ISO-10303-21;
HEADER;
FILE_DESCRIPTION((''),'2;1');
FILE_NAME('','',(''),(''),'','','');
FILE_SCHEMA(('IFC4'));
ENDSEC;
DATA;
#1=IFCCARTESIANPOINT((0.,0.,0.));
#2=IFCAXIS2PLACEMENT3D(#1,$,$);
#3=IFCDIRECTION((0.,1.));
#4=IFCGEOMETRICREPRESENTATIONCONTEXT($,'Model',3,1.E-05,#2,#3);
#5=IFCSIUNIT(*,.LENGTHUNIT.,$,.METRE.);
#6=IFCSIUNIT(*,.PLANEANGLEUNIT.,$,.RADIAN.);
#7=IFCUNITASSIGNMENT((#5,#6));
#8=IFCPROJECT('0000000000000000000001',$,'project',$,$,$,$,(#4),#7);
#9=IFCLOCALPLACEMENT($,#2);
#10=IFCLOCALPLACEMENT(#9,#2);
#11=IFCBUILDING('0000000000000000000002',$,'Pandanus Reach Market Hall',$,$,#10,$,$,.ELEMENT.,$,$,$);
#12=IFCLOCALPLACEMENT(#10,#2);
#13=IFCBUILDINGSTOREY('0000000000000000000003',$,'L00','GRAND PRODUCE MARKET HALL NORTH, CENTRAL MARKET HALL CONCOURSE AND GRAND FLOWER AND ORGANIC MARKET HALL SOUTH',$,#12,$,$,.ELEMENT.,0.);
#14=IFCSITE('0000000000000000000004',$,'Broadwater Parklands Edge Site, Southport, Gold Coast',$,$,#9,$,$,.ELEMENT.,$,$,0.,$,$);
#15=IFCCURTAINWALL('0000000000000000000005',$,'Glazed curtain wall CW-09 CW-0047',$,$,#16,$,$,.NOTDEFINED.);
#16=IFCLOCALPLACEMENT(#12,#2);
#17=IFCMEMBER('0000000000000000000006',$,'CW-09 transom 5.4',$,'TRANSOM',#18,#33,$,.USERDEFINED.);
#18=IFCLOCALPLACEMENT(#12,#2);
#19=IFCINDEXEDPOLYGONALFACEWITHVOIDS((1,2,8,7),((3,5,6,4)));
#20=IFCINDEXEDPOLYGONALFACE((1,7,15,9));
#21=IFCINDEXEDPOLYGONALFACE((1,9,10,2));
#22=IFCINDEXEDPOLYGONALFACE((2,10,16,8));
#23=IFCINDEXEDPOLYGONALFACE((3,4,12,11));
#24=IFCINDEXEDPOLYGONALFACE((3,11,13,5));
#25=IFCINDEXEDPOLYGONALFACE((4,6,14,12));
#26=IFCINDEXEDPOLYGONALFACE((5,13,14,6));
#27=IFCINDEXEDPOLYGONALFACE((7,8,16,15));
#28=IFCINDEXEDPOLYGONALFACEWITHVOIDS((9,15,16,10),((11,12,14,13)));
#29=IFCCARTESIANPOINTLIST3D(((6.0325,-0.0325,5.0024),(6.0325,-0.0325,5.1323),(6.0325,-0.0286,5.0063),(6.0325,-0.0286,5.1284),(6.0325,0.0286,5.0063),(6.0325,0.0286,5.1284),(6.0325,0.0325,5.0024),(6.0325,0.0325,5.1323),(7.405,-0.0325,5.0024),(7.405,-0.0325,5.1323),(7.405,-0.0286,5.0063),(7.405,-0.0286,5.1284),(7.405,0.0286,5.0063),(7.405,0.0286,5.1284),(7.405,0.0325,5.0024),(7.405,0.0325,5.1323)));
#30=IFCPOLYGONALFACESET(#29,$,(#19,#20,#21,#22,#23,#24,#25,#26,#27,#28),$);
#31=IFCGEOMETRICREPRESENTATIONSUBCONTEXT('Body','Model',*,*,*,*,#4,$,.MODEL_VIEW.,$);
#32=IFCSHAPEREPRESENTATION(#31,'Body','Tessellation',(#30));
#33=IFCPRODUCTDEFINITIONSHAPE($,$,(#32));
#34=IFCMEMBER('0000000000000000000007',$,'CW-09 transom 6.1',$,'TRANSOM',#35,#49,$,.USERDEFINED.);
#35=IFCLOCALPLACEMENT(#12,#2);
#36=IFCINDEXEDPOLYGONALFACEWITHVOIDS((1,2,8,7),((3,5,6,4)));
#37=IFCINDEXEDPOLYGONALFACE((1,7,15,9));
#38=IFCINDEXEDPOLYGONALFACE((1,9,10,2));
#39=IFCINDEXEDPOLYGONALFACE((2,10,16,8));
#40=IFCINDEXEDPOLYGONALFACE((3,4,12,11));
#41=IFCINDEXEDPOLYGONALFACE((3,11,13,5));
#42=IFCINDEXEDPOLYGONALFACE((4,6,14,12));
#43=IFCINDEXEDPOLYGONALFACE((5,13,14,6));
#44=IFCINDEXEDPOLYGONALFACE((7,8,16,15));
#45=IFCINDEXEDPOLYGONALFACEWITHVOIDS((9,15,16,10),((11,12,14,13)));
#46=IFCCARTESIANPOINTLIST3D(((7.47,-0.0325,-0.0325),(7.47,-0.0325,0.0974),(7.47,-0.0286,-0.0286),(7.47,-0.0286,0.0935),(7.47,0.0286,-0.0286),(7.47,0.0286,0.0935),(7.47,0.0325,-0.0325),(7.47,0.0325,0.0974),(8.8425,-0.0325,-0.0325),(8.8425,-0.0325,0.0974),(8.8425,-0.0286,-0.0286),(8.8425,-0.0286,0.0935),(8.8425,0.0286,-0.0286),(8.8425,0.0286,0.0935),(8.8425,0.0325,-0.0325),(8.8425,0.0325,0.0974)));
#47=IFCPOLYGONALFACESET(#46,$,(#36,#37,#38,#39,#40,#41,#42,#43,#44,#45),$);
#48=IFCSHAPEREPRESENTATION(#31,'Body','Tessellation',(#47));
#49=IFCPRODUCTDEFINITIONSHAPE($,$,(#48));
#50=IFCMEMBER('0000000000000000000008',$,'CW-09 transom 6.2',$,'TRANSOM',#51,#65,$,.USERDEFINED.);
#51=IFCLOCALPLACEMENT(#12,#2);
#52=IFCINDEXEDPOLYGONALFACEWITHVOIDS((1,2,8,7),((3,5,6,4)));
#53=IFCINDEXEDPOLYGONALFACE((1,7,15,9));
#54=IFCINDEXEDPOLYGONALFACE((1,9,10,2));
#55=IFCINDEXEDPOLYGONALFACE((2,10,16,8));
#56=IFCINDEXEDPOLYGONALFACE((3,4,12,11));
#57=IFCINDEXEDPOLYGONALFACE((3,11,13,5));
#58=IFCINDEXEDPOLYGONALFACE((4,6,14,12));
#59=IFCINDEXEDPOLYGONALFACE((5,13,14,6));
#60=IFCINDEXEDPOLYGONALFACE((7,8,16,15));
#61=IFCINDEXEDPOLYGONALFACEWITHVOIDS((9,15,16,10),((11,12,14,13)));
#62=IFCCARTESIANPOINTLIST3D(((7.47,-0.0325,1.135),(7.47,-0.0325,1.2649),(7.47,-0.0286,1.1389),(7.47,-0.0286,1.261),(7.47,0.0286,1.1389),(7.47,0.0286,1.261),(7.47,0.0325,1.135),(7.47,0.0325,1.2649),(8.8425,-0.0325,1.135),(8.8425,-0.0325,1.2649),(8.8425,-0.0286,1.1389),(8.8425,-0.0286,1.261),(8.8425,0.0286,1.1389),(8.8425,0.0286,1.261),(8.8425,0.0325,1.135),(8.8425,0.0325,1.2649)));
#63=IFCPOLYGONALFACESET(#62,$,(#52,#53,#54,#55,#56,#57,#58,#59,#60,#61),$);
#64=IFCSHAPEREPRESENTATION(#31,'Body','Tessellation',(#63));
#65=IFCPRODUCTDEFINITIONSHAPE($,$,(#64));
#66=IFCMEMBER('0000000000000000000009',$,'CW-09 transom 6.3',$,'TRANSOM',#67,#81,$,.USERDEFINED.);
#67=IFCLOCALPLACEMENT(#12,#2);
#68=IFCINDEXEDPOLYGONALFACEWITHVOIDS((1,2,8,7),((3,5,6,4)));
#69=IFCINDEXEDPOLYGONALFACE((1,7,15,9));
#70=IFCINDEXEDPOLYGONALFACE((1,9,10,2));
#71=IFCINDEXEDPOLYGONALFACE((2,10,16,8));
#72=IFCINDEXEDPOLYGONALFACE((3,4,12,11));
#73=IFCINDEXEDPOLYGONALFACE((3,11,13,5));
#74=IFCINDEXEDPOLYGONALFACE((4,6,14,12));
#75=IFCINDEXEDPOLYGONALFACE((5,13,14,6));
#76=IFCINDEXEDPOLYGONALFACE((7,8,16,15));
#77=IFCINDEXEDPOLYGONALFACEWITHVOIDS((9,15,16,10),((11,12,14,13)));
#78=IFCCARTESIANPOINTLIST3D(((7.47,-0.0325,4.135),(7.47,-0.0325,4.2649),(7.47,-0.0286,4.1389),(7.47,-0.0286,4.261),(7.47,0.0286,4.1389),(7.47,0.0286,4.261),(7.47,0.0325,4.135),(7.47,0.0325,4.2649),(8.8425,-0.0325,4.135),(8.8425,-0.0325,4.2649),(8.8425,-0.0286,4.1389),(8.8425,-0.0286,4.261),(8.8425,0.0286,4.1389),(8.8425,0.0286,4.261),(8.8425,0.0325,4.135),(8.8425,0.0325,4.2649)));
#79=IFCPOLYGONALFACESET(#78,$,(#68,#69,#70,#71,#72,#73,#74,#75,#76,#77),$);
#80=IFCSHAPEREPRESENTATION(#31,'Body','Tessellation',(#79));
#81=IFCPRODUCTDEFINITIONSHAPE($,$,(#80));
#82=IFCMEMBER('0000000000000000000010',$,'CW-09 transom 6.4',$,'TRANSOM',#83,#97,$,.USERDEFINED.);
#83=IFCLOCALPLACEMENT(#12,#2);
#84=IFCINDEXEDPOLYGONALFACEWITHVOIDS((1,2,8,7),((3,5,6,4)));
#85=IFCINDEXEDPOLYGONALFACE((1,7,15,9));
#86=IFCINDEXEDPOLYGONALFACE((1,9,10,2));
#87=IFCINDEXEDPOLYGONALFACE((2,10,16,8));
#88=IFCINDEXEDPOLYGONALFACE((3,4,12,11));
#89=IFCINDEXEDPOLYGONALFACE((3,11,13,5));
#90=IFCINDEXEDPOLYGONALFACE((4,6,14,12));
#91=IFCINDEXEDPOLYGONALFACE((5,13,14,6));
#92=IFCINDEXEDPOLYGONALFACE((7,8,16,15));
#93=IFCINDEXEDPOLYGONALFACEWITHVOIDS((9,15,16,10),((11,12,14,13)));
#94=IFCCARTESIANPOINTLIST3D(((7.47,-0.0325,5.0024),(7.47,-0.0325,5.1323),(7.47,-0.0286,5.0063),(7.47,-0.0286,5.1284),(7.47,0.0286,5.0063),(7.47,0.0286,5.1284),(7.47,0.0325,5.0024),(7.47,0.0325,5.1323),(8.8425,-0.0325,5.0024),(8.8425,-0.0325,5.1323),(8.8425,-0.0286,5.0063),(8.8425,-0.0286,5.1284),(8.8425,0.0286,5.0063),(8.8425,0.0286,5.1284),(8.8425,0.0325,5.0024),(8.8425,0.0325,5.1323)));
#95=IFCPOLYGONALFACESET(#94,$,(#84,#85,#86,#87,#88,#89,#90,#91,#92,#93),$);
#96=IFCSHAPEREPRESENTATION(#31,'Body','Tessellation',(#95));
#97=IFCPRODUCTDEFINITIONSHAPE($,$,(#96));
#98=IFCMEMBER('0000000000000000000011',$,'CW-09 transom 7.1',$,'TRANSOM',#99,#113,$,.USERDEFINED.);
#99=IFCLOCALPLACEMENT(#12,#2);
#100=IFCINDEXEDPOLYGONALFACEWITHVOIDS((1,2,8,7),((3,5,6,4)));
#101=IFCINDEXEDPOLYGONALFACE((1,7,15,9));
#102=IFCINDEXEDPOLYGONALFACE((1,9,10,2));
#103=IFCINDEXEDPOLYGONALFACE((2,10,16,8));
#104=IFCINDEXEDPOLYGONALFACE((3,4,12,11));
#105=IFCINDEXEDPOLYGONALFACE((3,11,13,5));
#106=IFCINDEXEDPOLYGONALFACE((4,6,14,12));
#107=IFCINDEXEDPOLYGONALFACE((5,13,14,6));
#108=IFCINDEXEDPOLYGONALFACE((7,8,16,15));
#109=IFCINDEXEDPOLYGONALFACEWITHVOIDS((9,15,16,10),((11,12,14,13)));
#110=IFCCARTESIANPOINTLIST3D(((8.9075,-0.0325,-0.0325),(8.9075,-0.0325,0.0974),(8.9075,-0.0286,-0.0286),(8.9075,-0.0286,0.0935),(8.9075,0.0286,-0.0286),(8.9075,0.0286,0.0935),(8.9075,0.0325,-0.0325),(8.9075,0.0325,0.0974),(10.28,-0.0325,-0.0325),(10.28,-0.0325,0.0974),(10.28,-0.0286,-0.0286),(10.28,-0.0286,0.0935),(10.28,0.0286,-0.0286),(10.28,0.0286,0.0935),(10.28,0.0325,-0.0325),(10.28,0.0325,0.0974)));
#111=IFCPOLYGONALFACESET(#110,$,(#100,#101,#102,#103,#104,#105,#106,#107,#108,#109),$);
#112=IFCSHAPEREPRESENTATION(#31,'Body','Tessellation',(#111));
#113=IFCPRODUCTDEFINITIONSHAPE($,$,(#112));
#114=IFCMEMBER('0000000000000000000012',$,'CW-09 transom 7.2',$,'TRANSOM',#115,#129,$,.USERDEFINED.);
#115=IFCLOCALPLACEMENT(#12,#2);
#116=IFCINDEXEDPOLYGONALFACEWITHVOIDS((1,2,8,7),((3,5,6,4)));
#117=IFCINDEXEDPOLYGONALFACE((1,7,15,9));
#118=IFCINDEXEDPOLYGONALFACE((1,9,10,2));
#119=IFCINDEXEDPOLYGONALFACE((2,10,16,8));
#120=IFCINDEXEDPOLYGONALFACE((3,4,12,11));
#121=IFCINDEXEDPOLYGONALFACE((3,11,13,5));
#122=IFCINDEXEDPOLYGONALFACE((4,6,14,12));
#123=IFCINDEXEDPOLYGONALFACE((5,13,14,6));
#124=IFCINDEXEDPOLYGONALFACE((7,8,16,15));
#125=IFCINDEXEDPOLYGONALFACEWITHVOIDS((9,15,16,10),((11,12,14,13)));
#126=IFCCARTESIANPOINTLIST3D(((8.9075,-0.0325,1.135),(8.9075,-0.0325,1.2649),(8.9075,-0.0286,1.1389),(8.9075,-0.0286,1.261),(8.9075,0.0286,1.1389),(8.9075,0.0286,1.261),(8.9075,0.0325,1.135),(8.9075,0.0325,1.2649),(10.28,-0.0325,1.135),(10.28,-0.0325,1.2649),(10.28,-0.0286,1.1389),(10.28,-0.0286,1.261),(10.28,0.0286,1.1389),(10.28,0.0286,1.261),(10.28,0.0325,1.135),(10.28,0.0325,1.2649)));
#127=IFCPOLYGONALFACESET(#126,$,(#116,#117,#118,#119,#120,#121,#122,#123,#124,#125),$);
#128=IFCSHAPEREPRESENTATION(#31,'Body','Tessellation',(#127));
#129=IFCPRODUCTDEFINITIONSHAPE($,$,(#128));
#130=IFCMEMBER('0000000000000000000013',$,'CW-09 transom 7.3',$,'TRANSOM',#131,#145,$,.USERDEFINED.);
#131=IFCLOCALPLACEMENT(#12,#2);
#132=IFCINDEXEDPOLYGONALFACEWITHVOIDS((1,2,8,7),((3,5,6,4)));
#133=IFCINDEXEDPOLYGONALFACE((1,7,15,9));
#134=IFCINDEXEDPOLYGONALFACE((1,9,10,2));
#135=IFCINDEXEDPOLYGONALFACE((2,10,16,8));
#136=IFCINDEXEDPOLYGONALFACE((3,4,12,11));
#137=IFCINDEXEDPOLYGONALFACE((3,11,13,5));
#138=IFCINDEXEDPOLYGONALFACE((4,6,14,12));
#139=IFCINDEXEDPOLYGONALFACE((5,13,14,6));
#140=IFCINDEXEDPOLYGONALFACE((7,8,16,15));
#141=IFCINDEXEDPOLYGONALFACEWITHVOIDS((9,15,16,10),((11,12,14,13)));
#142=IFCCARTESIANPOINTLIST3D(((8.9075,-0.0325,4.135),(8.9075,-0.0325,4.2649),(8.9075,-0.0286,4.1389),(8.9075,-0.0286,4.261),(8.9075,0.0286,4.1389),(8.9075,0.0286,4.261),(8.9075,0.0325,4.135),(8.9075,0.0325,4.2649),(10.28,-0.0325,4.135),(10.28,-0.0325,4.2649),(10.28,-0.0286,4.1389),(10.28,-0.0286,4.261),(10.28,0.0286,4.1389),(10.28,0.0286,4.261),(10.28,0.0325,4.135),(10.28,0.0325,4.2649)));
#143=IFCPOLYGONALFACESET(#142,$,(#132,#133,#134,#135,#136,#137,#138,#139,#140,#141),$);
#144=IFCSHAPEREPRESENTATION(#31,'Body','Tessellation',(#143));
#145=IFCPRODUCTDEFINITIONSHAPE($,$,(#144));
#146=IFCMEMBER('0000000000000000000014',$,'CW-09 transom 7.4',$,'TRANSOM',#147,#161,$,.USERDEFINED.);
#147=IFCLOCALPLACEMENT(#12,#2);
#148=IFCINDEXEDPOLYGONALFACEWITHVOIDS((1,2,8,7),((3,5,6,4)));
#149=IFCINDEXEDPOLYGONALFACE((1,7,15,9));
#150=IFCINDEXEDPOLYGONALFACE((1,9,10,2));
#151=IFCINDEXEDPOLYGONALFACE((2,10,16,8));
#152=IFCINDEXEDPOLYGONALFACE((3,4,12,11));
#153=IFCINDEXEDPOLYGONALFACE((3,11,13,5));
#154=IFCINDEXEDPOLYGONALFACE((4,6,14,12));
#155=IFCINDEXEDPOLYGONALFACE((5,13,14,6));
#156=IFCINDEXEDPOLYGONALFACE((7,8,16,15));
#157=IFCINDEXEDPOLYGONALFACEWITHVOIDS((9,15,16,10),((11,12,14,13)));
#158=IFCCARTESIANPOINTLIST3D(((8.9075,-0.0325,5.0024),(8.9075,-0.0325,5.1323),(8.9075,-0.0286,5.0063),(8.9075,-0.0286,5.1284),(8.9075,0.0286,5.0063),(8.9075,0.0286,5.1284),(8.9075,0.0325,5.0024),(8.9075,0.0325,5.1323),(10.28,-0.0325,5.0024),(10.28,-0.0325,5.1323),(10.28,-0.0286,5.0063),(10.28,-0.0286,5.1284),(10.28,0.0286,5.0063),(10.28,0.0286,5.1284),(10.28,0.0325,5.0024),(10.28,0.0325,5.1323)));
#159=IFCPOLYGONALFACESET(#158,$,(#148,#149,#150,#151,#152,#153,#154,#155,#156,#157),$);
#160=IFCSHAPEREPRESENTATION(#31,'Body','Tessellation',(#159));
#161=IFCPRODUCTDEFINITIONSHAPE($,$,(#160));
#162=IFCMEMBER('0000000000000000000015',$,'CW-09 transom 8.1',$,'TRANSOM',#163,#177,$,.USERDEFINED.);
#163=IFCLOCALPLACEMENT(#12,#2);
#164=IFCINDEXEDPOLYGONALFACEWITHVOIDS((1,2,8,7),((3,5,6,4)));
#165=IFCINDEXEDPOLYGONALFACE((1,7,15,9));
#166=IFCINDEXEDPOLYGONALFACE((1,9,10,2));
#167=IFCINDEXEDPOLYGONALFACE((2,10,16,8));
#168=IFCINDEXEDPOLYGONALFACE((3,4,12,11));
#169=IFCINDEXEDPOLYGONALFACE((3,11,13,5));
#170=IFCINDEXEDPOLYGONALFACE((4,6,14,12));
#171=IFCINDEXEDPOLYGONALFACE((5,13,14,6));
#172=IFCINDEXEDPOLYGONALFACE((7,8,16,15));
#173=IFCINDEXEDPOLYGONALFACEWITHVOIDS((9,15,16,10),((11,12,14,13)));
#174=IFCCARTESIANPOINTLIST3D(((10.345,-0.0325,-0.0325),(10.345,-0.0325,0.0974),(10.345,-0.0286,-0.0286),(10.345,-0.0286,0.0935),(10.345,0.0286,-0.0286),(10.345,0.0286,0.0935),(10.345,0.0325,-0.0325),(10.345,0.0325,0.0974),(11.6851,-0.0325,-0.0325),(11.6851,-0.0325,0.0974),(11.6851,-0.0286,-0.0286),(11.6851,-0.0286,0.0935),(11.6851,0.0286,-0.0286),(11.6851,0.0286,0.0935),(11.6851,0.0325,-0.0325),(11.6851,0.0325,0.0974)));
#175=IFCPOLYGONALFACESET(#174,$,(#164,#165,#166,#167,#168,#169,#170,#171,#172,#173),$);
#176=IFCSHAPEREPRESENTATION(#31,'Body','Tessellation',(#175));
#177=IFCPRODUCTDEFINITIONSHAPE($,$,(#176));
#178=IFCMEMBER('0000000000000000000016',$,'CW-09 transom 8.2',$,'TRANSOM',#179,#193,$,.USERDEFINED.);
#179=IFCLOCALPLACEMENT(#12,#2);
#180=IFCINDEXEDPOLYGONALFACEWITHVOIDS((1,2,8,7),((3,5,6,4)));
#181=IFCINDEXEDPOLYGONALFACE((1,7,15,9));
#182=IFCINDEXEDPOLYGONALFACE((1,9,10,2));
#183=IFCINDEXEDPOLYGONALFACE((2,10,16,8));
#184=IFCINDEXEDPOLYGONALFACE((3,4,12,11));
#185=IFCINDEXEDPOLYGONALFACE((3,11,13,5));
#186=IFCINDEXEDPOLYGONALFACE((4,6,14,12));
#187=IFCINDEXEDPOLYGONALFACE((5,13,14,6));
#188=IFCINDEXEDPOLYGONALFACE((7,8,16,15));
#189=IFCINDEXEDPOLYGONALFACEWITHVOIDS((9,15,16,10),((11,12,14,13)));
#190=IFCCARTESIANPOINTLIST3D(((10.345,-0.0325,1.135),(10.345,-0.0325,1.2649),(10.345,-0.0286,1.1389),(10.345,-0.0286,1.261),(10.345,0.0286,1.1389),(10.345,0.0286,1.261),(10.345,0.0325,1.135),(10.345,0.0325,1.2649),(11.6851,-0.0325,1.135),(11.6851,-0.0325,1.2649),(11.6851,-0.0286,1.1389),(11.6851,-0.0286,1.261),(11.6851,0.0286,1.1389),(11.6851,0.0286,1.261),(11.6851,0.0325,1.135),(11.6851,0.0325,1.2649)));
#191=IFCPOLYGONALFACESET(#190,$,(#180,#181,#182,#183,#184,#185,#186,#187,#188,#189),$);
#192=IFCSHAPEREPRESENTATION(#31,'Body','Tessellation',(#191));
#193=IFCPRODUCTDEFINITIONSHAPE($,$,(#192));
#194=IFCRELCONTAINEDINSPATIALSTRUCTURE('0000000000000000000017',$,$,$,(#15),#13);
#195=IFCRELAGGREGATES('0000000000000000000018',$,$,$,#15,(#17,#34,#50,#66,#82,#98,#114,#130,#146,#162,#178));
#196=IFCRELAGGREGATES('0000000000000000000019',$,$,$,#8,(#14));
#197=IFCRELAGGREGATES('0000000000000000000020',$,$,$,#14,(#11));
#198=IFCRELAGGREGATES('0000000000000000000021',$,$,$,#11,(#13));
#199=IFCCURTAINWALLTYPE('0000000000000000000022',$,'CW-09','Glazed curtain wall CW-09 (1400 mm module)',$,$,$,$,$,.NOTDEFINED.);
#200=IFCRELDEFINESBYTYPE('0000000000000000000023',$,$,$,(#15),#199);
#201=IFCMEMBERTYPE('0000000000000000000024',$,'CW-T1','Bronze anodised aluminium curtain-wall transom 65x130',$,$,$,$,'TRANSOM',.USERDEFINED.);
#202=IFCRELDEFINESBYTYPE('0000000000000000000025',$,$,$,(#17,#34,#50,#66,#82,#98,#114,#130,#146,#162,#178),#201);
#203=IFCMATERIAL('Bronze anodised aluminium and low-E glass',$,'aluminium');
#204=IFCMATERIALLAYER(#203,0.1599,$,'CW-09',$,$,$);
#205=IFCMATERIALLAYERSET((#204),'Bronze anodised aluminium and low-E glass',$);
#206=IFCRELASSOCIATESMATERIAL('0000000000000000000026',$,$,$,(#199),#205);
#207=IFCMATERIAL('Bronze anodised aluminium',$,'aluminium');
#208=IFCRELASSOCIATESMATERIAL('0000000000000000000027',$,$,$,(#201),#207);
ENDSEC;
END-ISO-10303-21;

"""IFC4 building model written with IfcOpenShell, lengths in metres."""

from ifc_helpers import new_model, si_unit, direction, frame, origin, origin_2d, place, context, subcontext, project, spatial, hollow_rectangle, extrude, material, layer, layer_set, material_profile, profile_set, type_object, element, aggregate, save


model = new_model("IFC4")

# Units and contexts
model_context = context("Model", 3, precision=1e-05, world=origin(), true_north=direction((0.0, 1.0)))
body_context = subcontext(model_context, "Body", "Model", "MODEL_VIEW")
ifc_project = project(units=[si_unit("LENGTHUNIT", "METRE"), si_unit("PLANEANGLEUNIT", "RADIAN")], contexts=[model_context])

# Site, building, storey
site_placement = place(None, origin())
site = spatial("IfcSite", under=ifc_project, at=site_placement, Name="Broadwater Parklands Edge Site, Southport, Gold Coast", CompositionType="ELEMENT", RefElevation=0.0)
building_placement = place(site_placement, origin())
building = spatial("IfcBuilding", under=site, at=building_placement, Name="Pandanus Reach Market Hall", CompositionType="ELEMENT")
storey_placement = place(building_placement, origin())
storey = spatial("IfcBuildingStorey", under=building, at=storey_placement, Name="L00", Description="GRAND PRODUCE MARKET HALL NORTH, CENTRAL MARKET HALL CONCOURSE AND GRAND FLOWER AND ORGANIC MARKET HALL SOUTH", CompositionType="ELEMENT", Elevation=0.0)

# Curtain wall, members
ifc_material_1 = material(Name="Bronze anodised aluminium and low-E glass", Category="aluminium")
ifc_layer_1 = layer(ifc_material_1, 0.1599, Name="CW-09")
ifc_layer_set_1 = layer_set([ifc_layer_1], Name="Bronze anodised aluminium and low-E glass")
curtain_wall_type = type_object("IfcCurtainWallType", Name="CW-09", Description="Glazed curtain wall CW-09 (1400 mm module)", PredefinedType="NOTDEFINED", material=ifc_layer_set_1)
curtain_wall_placement = place(storey_placement, origin())
curtain_wall = element("IfcCurtainWall", 1, at=curtain_wall_placement, inside=storey, type_object=curtain_wall_type, Name="Glazed curtain wall CW-09 CW-0047", PredefinedType="NOTDEFINED")
ifc_material_2 = material(Name="Bronze anodised aluminium", Category="aluminium")
ifc_material_profile_1 = material_profile(ifc_material_2, hollow_rectangle(XDim=0.0649, YDim=0.1299, WallThickness=0.0039, at=origin_2d()), Name="ALU65x130", Category="LoadBearing")
ifc_profile_set_1 = profile_set([ifc_material_profile_1], Name="Bronze anodised aluminium")
member_type_1 = type_object("IfcMemberType", Name="CW-T1", Description="Bronze anodised aluminium curtain-wall transom 65x130", ElementType="TRANSOM", PredefinedType="USERDEFINED", material=ifc_profile_set_1)
member_1_placement = place(storey_placement, frame((6.0325, 0.0, 5.0674), z_axis=(1.0, 0.0, 0.0), x_axis=(0.0, 1.0, 0.0)))
member_1 = element("IfcMember", 2, at=member_1_placement, type_object=member_type_1, Name="CW-09 transom 5.4", ObjectType="TRANSOM", PredefinedType="USERDEFINED", context=body_context, shape_type="SweptSolid", body=[
    extrude(hollow_rectangle(XDim=0.0649, YDim=0.1299, WallThickness=0.0039, at=origin_2d()), origin(), (0.0, 0.0, 1.0), 1.3726),
])
member_2_placement = place(storey_placement, frame((7.47, 0.0, 0.0325), z_axis=(1.0, 0.0, 0.0), x_axis=(0.0, 1.0, 0.0)))
member_2 = element("IfcMember", 3, at=member_2_placement, type_object=member_type_1, Name="CW-09 transom 6.1", ObjectType="TRANSOM", PredefinedType="USERDEFINED", context=body_context, shape_type="SweptSolid", body=[
    extrude(hollow_rectangle(XDim=0.0649, YDim=0.1299, WallThickness=0.0039, at=origin_2d()), origin(), (0.0, 0.0, 1.0), 1.3726),
])
member_3_placement = place(storey_placement, frame((7.47, 0.0, 1.2), z_axis=(1.0, 0.0, 0.0), x_axis=(0.0, 1.0, 0.0)))
member_3 = element("IfcMember", 4, at=member_3_placement, type_object=member_type_1, Name="CW-09 transom 6.2", ObjectType="TRANSOM", PredefinedType="USERDEFINED", context=body_context, shape_type="SweptSolid", body=[
    extrude(hollow_rectangle(XDim=0.0649, YDim=0.1299, WallThickness=0.0039, at=origin_2d()), origin(), (0.0, 0.0, 1.0), 1.3726),
])
member_4_placement = place(storey_placement, frame((7.47, 0.0, 4.2), z_axis=(1.0, 0.0, 0.0), x_axis=(0.0, 1.0, 0.0)))
member_4 = element("IfcMember", 5, at=member_4_placement, type_object=member_type_1, Name="CW-09 transom 6.3", ObjectType="TRANSOM", PredefinedType="USERDEFINED", context=body_context, shape_type="SweptSolid", body=[
    extrude(hollow_rectangle(XDim=0.0649, YDim=0.1299, WallThickness=0.0039, at=origin_2d()), origin(), (0.0, 0.0, 1.0), 1.3726),
])
member_5_placement = place(storey_placement, frame((7.47, 0.0, 5.0674), z_axis=(1.0, 0.0, 0.0), x_axis=(0.0, 1.0, 0.0)))
member_5 = element("IfcMember", 6, at=member_5_placement, type_object=member_type_1, Name="CW-09 transom 6.4", ObjectType="TRANSOM", PredefinedType="USERDEFINED", context=body_context, shape_type="SweptSolid", body=[
    extrude(hollow_rectangle(XDim=0.0649, YDim=0.1299, WallThickness=0.0039, at=origin_2d()), origin(), (0.0, 0.0, 1.0), 1.3726),
])
member_6_placement = place(storey_placement, frame((8.9075, 0.0, 0.0325), z_axis=(1.0, 0.0, 0.0), x_axis=(0.0, 1.0, 0.0)))
member_6 = element("IfcMember", 7, at=member_6_placement, type_object=member_type_1, Name="CW-09 transom 7.1", ObjectType="TRANSOM", PredefinedType="USERDEFINED", context=body_context, shape_type="SweptSolid", body=[
    extrude(hollow_rectangle(XDim=0.0649, YDim=0.1299, WallThickness=0.0039, at=origin_2d()), origin(), (0.0, 0.0, 1.0), 1.3726),
])
member_7_placement = place(storey_placement, frame((8.9075, 0.0, 1.2), z_axis=(1.0, 0.0, 0.0), x_axis=(0.0, 1.0, 0.0)))
member_7 = element("IfcMember", 8, at=member_7_placement, type_object=member_type_1, Name="CW-09 transom 7.2", ObjectType="TRANSOM", PredefinedType="USERDEFINED", context=body_context, shape_type="SweptSolid", body=[
    extrude(hollow_rectangle(XDim=0.0649, YDim=0.1299, WallThickness=0.0039, at=origin_2d()), origin(), (0.0, 0.0, 1.0), 1.3726),
])
member_8_placement = place(storey_placement, frame((8.9075, 0.0, 4.2), z_axis=(1.0, 0.0, 0.0), x_axis=(0.0, 1.0, 0.0)))
member_8 = element("IfcMember", 9, at=member_8_placement, type_object=member_type_1, Name="CW-09 transom 7.3", ObjectType="TRANSOM", PredefinedType="USERDEFINED", context=body_context, shape_type="SweptSolid", body=[
    extrude(hollow_rectangle(XDim=0.0649, YDim=0.1299, WallThickness=0.0039, at=origin_2d()), origin(), (0.0, 0.0, 1.0), 1.3726),
])
member_9_placement = place(storey_placement, frame((8.9075, 0.0, 5.0674), z_axis=(1.0, 0.0, 0.0), x_axis=(0.0, 1.0, 0.0)))
member_9 = element("IfcMember", 10, at=member_9_placement, type_object=member_type_1, Name="CW-09 transom 7.4", ObjectType="TRANSOM", PredefinedType="USERDEFINED", context=body_context, shape_type="SweptSolid", body=[
    extrude(hollow_rectangle(XDim=0.0649, YDim=0.1299, WallThickness=0.0039, at=origin_2d()), origin(), (0.0, 0.0, 1.0), 1.3726),
])
member_10_placement = place(storey_placement, frame((10.345, 0.0, 0.0325), z_axis=(1.0, 0.0, 0.0), x_axis=(0.0, 1.0, 0.0)))
member_10 = element("IfcMember", 11, at=member_10_placement, type_object=member_type_1, Name="CW-09 transom 8.1", ObjectType="TRANSOM", PredefinedType="USERDEFINED", context=body_context, shape_type="SweptSolid", body=[
    extrude(hollow_rectangle(XDim=0.0649, YDim=0.1299, WallThickness=0.0039, at=origin_2d()), origin(), (0.0, 0.0, 1.0), 1.3401),
])
member_11_placement = place(storey_placement, frame((10.345, 0.0, 1.2), z_axis=(1.0, 0.0, 0.0), x_axis=(0.0, 1.0, 0.0)))
member_11 = element("IfcMember", 12, at=member_11_placement, type_object=member_type_1, Name="CW-09 transom 8.2", ObjectType="TRANSOM", PredefinedType="USERDEFINED", context=body_context, shape_type="SweptSolid", body=[
    extrude(hollow_rectangle(XDim=0.0649, YDim=0.1299, WallThickness=0.0039, at=origin_2d()), origin(), (0.0, 0.0, 1.0), 1.3401),
])

aggregate(curtain_wall, [member_1, member_2, member_3, member_4, member_5, member_6, member_7, member_8, member_9, member_10, member_11])

save(model, "model.ifc")
